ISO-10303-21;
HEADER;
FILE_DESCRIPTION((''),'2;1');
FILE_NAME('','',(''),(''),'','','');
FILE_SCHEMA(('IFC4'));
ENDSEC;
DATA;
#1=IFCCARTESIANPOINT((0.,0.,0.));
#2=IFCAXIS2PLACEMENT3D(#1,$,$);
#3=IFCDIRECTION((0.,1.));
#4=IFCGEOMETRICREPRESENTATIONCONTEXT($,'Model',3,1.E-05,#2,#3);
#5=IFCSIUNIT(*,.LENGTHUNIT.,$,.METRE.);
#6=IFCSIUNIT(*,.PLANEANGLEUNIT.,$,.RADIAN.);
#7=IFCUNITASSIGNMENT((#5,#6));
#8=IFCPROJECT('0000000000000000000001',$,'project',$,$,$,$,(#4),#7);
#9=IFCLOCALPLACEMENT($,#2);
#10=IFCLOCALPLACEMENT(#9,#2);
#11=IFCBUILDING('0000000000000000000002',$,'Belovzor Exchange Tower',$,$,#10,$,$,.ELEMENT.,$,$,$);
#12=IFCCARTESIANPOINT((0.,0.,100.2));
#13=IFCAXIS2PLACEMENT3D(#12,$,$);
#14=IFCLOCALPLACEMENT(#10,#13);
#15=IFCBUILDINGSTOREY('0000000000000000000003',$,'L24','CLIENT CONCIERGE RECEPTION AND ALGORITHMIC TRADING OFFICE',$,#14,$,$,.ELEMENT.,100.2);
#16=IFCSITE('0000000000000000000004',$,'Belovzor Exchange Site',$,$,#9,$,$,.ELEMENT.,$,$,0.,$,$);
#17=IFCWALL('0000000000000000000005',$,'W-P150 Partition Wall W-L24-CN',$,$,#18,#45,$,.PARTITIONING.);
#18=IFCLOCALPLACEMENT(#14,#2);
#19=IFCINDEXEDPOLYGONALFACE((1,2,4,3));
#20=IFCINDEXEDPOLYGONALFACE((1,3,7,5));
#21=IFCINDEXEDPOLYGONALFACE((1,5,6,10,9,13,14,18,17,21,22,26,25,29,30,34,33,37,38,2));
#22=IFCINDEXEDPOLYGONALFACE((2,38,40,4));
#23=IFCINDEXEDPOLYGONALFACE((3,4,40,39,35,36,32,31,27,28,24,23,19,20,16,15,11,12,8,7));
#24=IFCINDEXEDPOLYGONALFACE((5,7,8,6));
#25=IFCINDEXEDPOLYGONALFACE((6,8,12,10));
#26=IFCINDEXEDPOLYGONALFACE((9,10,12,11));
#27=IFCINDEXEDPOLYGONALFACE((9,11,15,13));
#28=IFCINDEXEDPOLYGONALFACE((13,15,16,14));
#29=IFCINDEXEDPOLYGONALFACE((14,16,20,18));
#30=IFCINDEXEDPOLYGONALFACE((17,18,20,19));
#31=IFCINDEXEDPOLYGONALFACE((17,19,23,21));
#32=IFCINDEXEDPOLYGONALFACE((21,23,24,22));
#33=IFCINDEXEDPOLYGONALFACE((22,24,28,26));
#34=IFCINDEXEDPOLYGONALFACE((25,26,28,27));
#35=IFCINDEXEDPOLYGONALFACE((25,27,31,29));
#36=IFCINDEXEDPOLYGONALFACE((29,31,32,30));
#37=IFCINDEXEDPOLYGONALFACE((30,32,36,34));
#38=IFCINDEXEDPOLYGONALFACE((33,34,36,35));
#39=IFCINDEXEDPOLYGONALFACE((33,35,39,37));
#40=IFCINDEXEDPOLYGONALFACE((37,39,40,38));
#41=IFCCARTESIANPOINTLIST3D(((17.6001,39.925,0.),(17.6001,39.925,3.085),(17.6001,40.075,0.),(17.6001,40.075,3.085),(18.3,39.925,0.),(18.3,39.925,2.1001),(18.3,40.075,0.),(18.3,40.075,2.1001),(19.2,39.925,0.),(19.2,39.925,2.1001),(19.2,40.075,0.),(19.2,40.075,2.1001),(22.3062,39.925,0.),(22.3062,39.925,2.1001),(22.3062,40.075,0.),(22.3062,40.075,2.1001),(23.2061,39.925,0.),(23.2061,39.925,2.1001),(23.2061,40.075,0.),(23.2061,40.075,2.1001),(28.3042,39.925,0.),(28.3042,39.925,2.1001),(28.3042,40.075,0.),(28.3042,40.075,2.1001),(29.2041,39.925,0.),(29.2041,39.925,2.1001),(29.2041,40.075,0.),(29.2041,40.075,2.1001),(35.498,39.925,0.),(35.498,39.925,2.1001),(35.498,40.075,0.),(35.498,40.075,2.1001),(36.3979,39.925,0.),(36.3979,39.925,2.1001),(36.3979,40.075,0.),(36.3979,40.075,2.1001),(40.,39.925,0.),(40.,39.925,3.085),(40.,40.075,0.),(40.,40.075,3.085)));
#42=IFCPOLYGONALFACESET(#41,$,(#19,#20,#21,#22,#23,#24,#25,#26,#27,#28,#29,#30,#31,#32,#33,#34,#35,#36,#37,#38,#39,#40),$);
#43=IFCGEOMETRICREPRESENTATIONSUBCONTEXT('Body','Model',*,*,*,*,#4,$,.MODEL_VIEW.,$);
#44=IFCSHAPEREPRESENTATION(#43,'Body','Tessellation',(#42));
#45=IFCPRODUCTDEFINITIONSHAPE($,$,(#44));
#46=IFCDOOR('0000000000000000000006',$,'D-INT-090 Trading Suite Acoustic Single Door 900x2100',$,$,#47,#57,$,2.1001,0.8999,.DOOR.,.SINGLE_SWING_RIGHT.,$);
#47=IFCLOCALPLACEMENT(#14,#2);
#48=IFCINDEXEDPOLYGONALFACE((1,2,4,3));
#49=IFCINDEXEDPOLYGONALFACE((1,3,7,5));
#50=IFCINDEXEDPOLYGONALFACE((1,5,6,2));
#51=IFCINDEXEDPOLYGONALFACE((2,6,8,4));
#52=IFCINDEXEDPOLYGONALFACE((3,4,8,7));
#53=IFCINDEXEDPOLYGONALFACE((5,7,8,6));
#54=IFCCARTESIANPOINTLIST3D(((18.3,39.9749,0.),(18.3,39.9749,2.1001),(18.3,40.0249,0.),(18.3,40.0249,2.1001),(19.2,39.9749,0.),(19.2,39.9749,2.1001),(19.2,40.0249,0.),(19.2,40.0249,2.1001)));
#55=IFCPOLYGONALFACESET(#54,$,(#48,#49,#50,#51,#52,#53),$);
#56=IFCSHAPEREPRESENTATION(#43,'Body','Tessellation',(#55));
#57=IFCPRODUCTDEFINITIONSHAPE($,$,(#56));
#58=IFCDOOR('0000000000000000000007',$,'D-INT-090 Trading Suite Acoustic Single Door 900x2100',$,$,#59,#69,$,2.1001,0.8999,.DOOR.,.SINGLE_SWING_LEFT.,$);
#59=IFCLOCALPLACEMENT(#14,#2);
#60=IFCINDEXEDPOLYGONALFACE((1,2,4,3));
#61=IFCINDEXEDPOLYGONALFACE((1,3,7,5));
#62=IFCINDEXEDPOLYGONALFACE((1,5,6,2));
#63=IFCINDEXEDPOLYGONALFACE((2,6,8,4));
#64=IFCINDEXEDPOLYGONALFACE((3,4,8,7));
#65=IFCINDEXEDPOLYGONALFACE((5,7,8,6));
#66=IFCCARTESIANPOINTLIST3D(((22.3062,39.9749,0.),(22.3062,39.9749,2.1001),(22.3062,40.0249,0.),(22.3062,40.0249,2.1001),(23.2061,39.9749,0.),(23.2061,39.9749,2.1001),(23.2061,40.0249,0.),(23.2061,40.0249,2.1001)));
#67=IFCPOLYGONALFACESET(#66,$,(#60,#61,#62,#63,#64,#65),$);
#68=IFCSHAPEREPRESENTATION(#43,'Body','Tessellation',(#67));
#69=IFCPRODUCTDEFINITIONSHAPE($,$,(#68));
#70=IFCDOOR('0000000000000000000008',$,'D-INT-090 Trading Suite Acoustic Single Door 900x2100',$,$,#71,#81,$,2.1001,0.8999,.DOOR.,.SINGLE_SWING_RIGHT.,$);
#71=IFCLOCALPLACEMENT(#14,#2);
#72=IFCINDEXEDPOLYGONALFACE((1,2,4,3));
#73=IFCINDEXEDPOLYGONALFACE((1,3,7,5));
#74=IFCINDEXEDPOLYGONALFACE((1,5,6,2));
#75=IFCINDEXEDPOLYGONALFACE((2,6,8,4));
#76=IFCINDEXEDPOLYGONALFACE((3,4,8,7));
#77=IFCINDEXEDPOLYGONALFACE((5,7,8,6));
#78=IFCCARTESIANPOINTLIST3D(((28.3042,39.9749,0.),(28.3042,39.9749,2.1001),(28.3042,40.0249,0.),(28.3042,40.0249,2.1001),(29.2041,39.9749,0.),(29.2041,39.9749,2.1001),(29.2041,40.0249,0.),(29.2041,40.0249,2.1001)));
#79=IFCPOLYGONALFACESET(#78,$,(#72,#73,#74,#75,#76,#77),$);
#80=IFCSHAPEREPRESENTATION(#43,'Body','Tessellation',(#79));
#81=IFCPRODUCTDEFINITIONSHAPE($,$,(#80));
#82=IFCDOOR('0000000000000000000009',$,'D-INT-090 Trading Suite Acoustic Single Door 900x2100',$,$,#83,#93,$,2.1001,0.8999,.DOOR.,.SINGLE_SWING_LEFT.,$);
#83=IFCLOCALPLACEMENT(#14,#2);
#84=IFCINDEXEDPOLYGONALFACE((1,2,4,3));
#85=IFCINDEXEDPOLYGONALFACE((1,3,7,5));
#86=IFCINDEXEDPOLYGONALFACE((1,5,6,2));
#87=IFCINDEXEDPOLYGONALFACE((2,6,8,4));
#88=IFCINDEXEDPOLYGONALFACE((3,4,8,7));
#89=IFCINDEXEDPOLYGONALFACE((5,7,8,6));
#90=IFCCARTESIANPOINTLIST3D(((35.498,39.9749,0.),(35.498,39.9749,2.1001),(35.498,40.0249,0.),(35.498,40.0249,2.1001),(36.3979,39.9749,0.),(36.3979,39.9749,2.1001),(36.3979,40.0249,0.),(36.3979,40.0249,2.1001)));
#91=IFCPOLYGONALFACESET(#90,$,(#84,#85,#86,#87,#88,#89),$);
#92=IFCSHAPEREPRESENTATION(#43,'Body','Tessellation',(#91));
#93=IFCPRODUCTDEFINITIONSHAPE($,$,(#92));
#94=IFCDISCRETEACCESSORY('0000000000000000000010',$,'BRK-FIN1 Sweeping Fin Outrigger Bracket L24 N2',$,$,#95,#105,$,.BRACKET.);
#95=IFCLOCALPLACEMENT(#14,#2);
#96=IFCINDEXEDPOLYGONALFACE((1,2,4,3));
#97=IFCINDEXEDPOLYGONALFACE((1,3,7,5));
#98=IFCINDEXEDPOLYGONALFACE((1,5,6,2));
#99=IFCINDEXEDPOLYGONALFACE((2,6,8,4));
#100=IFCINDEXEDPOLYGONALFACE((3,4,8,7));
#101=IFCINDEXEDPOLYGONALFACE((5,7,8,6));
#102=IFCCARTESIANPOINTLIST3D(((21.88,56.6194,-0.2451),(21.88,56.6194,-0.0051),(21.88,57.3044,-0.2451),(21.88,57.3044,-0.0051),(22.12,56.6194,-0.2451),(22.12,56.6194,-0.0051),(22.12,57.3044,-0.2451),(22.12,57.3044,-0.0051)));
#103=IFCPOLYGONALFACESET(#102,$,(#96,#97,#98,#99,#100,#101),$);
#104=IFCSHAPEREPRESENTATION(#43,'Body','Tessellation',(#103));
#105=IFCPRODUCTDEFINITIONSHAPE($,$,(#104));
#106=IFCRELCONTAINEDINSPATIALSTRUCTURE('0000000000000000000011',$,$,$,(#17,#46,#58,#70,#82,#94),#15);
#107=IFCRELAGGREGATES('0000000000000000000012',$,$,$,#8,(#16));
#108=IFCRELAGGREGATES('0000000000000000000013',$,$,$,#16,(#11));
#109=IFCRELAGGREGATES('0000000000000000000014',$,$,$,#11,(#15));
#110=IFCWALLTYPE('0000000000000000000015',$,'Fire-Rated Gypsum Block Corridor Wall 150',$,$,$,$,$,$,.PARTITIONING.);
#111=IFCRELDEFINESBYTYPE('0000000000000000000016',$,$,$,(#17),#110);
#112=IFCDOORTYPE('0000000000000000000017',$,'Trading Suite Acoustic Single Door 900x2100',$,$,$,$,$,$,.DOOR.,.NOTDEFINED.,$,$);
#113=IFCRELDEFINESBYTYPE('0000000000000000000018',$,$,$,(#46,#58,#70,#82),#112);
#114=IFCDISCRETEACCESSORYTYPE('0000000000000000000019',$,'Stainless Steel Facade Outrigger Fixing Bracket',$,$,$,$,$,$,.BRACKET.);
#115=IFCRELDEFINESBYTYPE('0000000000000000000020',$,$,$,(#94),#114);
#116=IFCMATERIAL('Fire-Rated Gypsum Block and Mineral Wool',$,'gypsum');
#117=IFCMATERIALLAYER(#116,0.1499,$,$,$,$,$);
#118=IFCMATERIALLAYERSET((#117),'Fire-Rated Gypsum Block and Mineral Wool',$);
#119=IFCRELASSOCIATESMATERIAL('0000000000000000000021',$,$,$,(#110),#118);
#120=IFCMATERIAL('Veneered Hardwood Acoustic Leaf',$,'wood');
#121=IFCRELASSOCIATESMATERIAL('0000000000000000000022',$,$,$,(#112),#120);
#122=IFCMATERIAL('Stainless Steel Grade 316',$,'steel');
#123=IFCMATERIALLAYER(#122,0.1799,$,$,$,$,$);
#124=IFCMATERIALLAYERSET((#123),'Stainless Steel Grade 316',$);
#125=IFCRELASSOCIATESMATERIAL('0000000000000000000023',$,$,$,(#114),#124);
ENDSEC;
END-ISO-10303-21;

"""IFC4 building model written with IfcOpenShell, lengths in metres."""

from ifc_helpers import new_model, si_unit, direction, frame, frame_2d, origin, origin_2d, place, context, subcontext, project, spatial, rectangle, extrude, material, layer, layer_set, type_object, element, fill, save


model = new_model("IFC4")

# Units and contexts
model_context = context("Model", 3, precision=1e-05, world=origin(), true_north=direction((0.0, 1.0)))
body_context = subcontext(model_context, "Body", "Model", "MODEL_VIEW")
ifc_project = project(units=[si_unit("LENGTHUNIT", "METRE"), si_unit("PLANEANGLEUNIT", "RADIAN")], contexts=[model_context])

# Site, building, storey
site_placement = place(None, origin())
site = spatial("IfcSite", under=ifc_project, at=site_placement, Name="Belovzor Exchange Site", CompositionType="ELEMENT", RefElevation=0.0)
building_placement = place(site_placement, origin())
building = spatial("IfcBuilding", under=site, at=building_placement, Name="Belovzor Exchange Tower", CompositionType="ELEMENT")
storey_placement = place(building_placement, frame((0.0, 0.0, 100.2)))
storey = spatial("IfcBuildingStorey", under=building, at=storey_placement, Name="L24", Description="CLIENT CONCIERGE RECEPTION AND ALGORITHMIC TRADING OFFICE", CompositionType="ELEMENT", Elevation=100.2)

# Wall, openings, doors
ifc_material_1 = material(Name="Fire-Rated Gypsum Block and Mineral Wool", Category="gypsum")
ifc_layer_1 = layer(ifc_material_1, 0.1499)
ifc_layer_set_1 = layer_set([ifc_layer_1], Name="Fire-Rated Gypsum Block and Mineral Wool")
wall_type_1 = type_object("IfcWallType", Name="Fire-Rated Gypsum Block Corridor Wall 150", PredefinedType="PARTITIONING", material=ifc_layer_set_1)
wall_1_placement = place(storey_placement, frame((17.6001, 40.0, 0.0), z_axis=(0.0, 0.0, 1.0), x_axis=(1.0, 0.0, 0.0)))
wall_1 = element("IfcWall", 1, at=wall_1_placement, inside=storey, type_object=wall_type_1, Name="W-P150 Partition Wall W-L24-CN", PredefinedType="PARTITIONING", context=body_context, shape_type="SweptSolid", body=[
    extrude(rectangle(XDim=22.3999, YDim=0.1499, at=frame_2d((11.2, 0.0))), origin(), (0.0, 0.0, 1.0), 3.085),
])
opening_1_placement = place(wall_1_placement, frame((0.7, 0.0, 0.0)))
opening_1 = element("IfcOpeningElement", 2, at=opening_1_placement, cuts=wall_1, PredefinedType="OPENING", context=body_context, shape_type="SweptSolid", body=[
    extrude(rectangle(XDim=0.8999, YDim=2.1001, at=frame_2d((0.45, 1.05))), frame((0.0, 0.085, 0.0), z_axis=(0.0, -1.0, 0.0), x_axis=(1.0, 0.0, 0.0)), (0.0, 0.0, 1.0), 0.1699),
])
opening_2_placement = place(wall_1_placement, frame((4.7061, 0.0, 0.0)))
opening_2 = element("IfcOpeningElement", 3, at=opening_2_placement, cuts=wall_1, PredefinedType="OPENING", context=body_context, shape_type="SweptSolid", body=[
    extrude(rectangle(XDim=0.8999, YDim=2.1001, at=frame_2d((0.45, 1.05))), frame((0.0, 0.085, 0.0), z_axis=(0.0, -1.0, 0.0), x_axis=(1.0, 0.0, 0.0)), (0.0, 0.0, 1.0), 0.1699),
])
opening_3_placement = place(wall_1_placement, frame((10.7041, 0.0, 0.0)))
opening_3 = element("IfcOpeningElement", 4, at=opening_3_placement, cuts=wall_1, PredefinedType="OPENING", context=body_context, shape_type="SweptSolid", body=[
    extrude(rectangle(XDim=0.8999, YDim=2.1001, at=frame_2d((0.45, 1.05))), frame((0.0, 0.085, 0.0), z_axis=(0.0, -1.0, 0.0), x_axis=(1.0, 0.0, 0.0)), (0.0, 0.0, 1.0), 0.1699),
])
opening_4_placement = place(wall_1_placement, frame((17.8979, 0.0, 0.0)))
opening_4 = element("IfcOpeningElement", 5, at=opening_4_placement, cuts=wall_1, PredefinedType="OPENING", context=body_context, shape_type="SweptSolid", body=[
    extrude(rectangle(XDim=0.8999, YDim=2.1001, at=frame_2d((0.45, 1.05))), frame((0.0, 0.085, 0.0), z_axis=(0.0, -1.0, 0.0), x_axis=(1.0, 0.0, 0.0)), (0.0, 0.0, 1.0), 0.1699),
])
ifc_material_2 = material(Name="Veneered Hardwood Acoustic Leaf", Category="wood")
door_type_1 = type_object("IfcDoorType", Name="Trading Suite Acoustic Single Door 900x2100", OperationType="NOTDEFINED", PredefinedType="DOOR", material=ifc_material_2)
door_1_placement = place(opening_1_placement, origin())
door_1 = element("IfcDoor", 6, at=door_1_placement, inside=storey, type_object=door_type_1, Name="D-INT-090 Trading Suite Acoustic Single Door 900x2100", OperationType="SINGLE_SWING_RIGHT", OverallHeight=2.1001, OverallWidth=0.8999, PredefinedType="DOOR", context=body_context, shape_type="SweptSolid", body=[
    extrude(rectangle(XDim=0.8999, YDim=2.1001, at=frame_2d((0.45, 1.05))), frame((0.0, 0.0249, 0.0), z_axis=(0.0, -1.0, 0.0), x_axis=(1.0, 0.0, 0.0)), (0.0, 0.0, 1.0), 0.05),
])
fill(opening_1, door_1)
door_2_placement = place(opening_2_placement, origin())
door_2 = element("IfcDoor", 7, at=door_2_placement, inside=storey, type_object=door_type_1, Name="D-INT-090 Trading Suite Acoustic Single Door 900x2100", OperationType="SINGLE_SWING_LEFT", OverallHeight=2.1001, OverallWidth=0.8999, PredefinedType="DOOR", context=body_context, shape_type="SweptSolid", body=[
    extrude(rectangle(XDim=0.8999, YDim=2.1001, at=frame_2d((0.45, 1.05))), frame((0.0, 0.0249, 0.0), z_axis=(0.0, -1.0, 0.0), x_axis=(1.0, 0.0, 0.0)), (0.0, 0.0, 1.0), 0.05),
])
fill(opening_2, door_2)
door_3_placement = place(opening_3_placement, origin())
door_3 = element("IfcDoor", 8, at=door_3_placement, inside=storey, type_object=door_type_1, Name="D-INT-090 Trading Suite Acoustic Single Door 900x2100", OperationType="SINGLE_SWING_RIGHT", OverallHeight=2.1001, OverallWidth=0.8999, PredefinedType="DOOR", context=body_context, shape_type="SweptSolid", body=[
    extrude(rectangle(XDim=0.8999, YDim=2.1001, at=frame_2d((0.45, 1.05))), frame((0.0, 0.0249, 0.0), z_axis=(0.0, -1.0, 0.0), x_axis=(1.0, 0.0, 0.0)), (0.0, 0.0, 1.0), 0.05),
])
fill(opening_3, door_3)
door_4_placement = place(opening_4_placement, origin())
door_4 = element("IfcDoor", 9, at=door_4_placement, inside=storey, type_object=door_type_1, Name="D-INT-090 Trading Suite Acoustic Single Door 900x2100", OperationType="SINGLE_SWING_LEFT", OverallHeight=2.1001, OverallWidth=0.8999, PredefinedType="DOOR", context=body_context, shape_type="SweptSolid", body=[
    extrude(rectangle(XDim=0.8999, YDim=2.1001, at=frame_2d((0.45, 1.05))), frame((0.0, 0.0249, 0.0), z_axis=(0.0, -1.0, 0.0), x_axis=(1.0, 0.0, 0.0)), (0.0, 0.0, 1.0), 0.05),
])
fill(opening_4, door_4)

# Discrete accessory
ifc_material_3 = material(Name="Stainless Steel Grade 316", Category="steel")
ifc_layer_2 = layer(ifc_material_3, 0.1799)
ifc_layer_set_2 = layer_set([ifc_layer_2], Name="Stainless Steel Grade 316")
discrete_accessory_type = type_object("IfcDiscreteAccessoryType", Name="Stainless Steel Facade Outrigger Fixing Bracket", PredefinedType="BRACKET", material=ifc_layer_set_2)
discrete_accessory_placement = place(storey_placement, frame((22.0, 56.9619, -0.2451), z_axis=(0.0, 0.0, 1.0), x_axis=(0.0, 1.0, 0.0)))
element("IfcDiscreteAccessory", 10, at=discrete_accessory_placement, inside=storey, type_object=discrete_accessory_type, Name="BRK-FIN1 Sweeping Fin Outrigger Bracket L24 N2", PredefinedType="BRACKET", context=body_context, shape_type="SweptSolid", body=[
    extrude(rectangle(XDim=0.6851, YDim=0.24, at=origin_2d()), origin(), (0.0, 0.0, 1.0), 0.24),
])

save(model, "model.ifc")
